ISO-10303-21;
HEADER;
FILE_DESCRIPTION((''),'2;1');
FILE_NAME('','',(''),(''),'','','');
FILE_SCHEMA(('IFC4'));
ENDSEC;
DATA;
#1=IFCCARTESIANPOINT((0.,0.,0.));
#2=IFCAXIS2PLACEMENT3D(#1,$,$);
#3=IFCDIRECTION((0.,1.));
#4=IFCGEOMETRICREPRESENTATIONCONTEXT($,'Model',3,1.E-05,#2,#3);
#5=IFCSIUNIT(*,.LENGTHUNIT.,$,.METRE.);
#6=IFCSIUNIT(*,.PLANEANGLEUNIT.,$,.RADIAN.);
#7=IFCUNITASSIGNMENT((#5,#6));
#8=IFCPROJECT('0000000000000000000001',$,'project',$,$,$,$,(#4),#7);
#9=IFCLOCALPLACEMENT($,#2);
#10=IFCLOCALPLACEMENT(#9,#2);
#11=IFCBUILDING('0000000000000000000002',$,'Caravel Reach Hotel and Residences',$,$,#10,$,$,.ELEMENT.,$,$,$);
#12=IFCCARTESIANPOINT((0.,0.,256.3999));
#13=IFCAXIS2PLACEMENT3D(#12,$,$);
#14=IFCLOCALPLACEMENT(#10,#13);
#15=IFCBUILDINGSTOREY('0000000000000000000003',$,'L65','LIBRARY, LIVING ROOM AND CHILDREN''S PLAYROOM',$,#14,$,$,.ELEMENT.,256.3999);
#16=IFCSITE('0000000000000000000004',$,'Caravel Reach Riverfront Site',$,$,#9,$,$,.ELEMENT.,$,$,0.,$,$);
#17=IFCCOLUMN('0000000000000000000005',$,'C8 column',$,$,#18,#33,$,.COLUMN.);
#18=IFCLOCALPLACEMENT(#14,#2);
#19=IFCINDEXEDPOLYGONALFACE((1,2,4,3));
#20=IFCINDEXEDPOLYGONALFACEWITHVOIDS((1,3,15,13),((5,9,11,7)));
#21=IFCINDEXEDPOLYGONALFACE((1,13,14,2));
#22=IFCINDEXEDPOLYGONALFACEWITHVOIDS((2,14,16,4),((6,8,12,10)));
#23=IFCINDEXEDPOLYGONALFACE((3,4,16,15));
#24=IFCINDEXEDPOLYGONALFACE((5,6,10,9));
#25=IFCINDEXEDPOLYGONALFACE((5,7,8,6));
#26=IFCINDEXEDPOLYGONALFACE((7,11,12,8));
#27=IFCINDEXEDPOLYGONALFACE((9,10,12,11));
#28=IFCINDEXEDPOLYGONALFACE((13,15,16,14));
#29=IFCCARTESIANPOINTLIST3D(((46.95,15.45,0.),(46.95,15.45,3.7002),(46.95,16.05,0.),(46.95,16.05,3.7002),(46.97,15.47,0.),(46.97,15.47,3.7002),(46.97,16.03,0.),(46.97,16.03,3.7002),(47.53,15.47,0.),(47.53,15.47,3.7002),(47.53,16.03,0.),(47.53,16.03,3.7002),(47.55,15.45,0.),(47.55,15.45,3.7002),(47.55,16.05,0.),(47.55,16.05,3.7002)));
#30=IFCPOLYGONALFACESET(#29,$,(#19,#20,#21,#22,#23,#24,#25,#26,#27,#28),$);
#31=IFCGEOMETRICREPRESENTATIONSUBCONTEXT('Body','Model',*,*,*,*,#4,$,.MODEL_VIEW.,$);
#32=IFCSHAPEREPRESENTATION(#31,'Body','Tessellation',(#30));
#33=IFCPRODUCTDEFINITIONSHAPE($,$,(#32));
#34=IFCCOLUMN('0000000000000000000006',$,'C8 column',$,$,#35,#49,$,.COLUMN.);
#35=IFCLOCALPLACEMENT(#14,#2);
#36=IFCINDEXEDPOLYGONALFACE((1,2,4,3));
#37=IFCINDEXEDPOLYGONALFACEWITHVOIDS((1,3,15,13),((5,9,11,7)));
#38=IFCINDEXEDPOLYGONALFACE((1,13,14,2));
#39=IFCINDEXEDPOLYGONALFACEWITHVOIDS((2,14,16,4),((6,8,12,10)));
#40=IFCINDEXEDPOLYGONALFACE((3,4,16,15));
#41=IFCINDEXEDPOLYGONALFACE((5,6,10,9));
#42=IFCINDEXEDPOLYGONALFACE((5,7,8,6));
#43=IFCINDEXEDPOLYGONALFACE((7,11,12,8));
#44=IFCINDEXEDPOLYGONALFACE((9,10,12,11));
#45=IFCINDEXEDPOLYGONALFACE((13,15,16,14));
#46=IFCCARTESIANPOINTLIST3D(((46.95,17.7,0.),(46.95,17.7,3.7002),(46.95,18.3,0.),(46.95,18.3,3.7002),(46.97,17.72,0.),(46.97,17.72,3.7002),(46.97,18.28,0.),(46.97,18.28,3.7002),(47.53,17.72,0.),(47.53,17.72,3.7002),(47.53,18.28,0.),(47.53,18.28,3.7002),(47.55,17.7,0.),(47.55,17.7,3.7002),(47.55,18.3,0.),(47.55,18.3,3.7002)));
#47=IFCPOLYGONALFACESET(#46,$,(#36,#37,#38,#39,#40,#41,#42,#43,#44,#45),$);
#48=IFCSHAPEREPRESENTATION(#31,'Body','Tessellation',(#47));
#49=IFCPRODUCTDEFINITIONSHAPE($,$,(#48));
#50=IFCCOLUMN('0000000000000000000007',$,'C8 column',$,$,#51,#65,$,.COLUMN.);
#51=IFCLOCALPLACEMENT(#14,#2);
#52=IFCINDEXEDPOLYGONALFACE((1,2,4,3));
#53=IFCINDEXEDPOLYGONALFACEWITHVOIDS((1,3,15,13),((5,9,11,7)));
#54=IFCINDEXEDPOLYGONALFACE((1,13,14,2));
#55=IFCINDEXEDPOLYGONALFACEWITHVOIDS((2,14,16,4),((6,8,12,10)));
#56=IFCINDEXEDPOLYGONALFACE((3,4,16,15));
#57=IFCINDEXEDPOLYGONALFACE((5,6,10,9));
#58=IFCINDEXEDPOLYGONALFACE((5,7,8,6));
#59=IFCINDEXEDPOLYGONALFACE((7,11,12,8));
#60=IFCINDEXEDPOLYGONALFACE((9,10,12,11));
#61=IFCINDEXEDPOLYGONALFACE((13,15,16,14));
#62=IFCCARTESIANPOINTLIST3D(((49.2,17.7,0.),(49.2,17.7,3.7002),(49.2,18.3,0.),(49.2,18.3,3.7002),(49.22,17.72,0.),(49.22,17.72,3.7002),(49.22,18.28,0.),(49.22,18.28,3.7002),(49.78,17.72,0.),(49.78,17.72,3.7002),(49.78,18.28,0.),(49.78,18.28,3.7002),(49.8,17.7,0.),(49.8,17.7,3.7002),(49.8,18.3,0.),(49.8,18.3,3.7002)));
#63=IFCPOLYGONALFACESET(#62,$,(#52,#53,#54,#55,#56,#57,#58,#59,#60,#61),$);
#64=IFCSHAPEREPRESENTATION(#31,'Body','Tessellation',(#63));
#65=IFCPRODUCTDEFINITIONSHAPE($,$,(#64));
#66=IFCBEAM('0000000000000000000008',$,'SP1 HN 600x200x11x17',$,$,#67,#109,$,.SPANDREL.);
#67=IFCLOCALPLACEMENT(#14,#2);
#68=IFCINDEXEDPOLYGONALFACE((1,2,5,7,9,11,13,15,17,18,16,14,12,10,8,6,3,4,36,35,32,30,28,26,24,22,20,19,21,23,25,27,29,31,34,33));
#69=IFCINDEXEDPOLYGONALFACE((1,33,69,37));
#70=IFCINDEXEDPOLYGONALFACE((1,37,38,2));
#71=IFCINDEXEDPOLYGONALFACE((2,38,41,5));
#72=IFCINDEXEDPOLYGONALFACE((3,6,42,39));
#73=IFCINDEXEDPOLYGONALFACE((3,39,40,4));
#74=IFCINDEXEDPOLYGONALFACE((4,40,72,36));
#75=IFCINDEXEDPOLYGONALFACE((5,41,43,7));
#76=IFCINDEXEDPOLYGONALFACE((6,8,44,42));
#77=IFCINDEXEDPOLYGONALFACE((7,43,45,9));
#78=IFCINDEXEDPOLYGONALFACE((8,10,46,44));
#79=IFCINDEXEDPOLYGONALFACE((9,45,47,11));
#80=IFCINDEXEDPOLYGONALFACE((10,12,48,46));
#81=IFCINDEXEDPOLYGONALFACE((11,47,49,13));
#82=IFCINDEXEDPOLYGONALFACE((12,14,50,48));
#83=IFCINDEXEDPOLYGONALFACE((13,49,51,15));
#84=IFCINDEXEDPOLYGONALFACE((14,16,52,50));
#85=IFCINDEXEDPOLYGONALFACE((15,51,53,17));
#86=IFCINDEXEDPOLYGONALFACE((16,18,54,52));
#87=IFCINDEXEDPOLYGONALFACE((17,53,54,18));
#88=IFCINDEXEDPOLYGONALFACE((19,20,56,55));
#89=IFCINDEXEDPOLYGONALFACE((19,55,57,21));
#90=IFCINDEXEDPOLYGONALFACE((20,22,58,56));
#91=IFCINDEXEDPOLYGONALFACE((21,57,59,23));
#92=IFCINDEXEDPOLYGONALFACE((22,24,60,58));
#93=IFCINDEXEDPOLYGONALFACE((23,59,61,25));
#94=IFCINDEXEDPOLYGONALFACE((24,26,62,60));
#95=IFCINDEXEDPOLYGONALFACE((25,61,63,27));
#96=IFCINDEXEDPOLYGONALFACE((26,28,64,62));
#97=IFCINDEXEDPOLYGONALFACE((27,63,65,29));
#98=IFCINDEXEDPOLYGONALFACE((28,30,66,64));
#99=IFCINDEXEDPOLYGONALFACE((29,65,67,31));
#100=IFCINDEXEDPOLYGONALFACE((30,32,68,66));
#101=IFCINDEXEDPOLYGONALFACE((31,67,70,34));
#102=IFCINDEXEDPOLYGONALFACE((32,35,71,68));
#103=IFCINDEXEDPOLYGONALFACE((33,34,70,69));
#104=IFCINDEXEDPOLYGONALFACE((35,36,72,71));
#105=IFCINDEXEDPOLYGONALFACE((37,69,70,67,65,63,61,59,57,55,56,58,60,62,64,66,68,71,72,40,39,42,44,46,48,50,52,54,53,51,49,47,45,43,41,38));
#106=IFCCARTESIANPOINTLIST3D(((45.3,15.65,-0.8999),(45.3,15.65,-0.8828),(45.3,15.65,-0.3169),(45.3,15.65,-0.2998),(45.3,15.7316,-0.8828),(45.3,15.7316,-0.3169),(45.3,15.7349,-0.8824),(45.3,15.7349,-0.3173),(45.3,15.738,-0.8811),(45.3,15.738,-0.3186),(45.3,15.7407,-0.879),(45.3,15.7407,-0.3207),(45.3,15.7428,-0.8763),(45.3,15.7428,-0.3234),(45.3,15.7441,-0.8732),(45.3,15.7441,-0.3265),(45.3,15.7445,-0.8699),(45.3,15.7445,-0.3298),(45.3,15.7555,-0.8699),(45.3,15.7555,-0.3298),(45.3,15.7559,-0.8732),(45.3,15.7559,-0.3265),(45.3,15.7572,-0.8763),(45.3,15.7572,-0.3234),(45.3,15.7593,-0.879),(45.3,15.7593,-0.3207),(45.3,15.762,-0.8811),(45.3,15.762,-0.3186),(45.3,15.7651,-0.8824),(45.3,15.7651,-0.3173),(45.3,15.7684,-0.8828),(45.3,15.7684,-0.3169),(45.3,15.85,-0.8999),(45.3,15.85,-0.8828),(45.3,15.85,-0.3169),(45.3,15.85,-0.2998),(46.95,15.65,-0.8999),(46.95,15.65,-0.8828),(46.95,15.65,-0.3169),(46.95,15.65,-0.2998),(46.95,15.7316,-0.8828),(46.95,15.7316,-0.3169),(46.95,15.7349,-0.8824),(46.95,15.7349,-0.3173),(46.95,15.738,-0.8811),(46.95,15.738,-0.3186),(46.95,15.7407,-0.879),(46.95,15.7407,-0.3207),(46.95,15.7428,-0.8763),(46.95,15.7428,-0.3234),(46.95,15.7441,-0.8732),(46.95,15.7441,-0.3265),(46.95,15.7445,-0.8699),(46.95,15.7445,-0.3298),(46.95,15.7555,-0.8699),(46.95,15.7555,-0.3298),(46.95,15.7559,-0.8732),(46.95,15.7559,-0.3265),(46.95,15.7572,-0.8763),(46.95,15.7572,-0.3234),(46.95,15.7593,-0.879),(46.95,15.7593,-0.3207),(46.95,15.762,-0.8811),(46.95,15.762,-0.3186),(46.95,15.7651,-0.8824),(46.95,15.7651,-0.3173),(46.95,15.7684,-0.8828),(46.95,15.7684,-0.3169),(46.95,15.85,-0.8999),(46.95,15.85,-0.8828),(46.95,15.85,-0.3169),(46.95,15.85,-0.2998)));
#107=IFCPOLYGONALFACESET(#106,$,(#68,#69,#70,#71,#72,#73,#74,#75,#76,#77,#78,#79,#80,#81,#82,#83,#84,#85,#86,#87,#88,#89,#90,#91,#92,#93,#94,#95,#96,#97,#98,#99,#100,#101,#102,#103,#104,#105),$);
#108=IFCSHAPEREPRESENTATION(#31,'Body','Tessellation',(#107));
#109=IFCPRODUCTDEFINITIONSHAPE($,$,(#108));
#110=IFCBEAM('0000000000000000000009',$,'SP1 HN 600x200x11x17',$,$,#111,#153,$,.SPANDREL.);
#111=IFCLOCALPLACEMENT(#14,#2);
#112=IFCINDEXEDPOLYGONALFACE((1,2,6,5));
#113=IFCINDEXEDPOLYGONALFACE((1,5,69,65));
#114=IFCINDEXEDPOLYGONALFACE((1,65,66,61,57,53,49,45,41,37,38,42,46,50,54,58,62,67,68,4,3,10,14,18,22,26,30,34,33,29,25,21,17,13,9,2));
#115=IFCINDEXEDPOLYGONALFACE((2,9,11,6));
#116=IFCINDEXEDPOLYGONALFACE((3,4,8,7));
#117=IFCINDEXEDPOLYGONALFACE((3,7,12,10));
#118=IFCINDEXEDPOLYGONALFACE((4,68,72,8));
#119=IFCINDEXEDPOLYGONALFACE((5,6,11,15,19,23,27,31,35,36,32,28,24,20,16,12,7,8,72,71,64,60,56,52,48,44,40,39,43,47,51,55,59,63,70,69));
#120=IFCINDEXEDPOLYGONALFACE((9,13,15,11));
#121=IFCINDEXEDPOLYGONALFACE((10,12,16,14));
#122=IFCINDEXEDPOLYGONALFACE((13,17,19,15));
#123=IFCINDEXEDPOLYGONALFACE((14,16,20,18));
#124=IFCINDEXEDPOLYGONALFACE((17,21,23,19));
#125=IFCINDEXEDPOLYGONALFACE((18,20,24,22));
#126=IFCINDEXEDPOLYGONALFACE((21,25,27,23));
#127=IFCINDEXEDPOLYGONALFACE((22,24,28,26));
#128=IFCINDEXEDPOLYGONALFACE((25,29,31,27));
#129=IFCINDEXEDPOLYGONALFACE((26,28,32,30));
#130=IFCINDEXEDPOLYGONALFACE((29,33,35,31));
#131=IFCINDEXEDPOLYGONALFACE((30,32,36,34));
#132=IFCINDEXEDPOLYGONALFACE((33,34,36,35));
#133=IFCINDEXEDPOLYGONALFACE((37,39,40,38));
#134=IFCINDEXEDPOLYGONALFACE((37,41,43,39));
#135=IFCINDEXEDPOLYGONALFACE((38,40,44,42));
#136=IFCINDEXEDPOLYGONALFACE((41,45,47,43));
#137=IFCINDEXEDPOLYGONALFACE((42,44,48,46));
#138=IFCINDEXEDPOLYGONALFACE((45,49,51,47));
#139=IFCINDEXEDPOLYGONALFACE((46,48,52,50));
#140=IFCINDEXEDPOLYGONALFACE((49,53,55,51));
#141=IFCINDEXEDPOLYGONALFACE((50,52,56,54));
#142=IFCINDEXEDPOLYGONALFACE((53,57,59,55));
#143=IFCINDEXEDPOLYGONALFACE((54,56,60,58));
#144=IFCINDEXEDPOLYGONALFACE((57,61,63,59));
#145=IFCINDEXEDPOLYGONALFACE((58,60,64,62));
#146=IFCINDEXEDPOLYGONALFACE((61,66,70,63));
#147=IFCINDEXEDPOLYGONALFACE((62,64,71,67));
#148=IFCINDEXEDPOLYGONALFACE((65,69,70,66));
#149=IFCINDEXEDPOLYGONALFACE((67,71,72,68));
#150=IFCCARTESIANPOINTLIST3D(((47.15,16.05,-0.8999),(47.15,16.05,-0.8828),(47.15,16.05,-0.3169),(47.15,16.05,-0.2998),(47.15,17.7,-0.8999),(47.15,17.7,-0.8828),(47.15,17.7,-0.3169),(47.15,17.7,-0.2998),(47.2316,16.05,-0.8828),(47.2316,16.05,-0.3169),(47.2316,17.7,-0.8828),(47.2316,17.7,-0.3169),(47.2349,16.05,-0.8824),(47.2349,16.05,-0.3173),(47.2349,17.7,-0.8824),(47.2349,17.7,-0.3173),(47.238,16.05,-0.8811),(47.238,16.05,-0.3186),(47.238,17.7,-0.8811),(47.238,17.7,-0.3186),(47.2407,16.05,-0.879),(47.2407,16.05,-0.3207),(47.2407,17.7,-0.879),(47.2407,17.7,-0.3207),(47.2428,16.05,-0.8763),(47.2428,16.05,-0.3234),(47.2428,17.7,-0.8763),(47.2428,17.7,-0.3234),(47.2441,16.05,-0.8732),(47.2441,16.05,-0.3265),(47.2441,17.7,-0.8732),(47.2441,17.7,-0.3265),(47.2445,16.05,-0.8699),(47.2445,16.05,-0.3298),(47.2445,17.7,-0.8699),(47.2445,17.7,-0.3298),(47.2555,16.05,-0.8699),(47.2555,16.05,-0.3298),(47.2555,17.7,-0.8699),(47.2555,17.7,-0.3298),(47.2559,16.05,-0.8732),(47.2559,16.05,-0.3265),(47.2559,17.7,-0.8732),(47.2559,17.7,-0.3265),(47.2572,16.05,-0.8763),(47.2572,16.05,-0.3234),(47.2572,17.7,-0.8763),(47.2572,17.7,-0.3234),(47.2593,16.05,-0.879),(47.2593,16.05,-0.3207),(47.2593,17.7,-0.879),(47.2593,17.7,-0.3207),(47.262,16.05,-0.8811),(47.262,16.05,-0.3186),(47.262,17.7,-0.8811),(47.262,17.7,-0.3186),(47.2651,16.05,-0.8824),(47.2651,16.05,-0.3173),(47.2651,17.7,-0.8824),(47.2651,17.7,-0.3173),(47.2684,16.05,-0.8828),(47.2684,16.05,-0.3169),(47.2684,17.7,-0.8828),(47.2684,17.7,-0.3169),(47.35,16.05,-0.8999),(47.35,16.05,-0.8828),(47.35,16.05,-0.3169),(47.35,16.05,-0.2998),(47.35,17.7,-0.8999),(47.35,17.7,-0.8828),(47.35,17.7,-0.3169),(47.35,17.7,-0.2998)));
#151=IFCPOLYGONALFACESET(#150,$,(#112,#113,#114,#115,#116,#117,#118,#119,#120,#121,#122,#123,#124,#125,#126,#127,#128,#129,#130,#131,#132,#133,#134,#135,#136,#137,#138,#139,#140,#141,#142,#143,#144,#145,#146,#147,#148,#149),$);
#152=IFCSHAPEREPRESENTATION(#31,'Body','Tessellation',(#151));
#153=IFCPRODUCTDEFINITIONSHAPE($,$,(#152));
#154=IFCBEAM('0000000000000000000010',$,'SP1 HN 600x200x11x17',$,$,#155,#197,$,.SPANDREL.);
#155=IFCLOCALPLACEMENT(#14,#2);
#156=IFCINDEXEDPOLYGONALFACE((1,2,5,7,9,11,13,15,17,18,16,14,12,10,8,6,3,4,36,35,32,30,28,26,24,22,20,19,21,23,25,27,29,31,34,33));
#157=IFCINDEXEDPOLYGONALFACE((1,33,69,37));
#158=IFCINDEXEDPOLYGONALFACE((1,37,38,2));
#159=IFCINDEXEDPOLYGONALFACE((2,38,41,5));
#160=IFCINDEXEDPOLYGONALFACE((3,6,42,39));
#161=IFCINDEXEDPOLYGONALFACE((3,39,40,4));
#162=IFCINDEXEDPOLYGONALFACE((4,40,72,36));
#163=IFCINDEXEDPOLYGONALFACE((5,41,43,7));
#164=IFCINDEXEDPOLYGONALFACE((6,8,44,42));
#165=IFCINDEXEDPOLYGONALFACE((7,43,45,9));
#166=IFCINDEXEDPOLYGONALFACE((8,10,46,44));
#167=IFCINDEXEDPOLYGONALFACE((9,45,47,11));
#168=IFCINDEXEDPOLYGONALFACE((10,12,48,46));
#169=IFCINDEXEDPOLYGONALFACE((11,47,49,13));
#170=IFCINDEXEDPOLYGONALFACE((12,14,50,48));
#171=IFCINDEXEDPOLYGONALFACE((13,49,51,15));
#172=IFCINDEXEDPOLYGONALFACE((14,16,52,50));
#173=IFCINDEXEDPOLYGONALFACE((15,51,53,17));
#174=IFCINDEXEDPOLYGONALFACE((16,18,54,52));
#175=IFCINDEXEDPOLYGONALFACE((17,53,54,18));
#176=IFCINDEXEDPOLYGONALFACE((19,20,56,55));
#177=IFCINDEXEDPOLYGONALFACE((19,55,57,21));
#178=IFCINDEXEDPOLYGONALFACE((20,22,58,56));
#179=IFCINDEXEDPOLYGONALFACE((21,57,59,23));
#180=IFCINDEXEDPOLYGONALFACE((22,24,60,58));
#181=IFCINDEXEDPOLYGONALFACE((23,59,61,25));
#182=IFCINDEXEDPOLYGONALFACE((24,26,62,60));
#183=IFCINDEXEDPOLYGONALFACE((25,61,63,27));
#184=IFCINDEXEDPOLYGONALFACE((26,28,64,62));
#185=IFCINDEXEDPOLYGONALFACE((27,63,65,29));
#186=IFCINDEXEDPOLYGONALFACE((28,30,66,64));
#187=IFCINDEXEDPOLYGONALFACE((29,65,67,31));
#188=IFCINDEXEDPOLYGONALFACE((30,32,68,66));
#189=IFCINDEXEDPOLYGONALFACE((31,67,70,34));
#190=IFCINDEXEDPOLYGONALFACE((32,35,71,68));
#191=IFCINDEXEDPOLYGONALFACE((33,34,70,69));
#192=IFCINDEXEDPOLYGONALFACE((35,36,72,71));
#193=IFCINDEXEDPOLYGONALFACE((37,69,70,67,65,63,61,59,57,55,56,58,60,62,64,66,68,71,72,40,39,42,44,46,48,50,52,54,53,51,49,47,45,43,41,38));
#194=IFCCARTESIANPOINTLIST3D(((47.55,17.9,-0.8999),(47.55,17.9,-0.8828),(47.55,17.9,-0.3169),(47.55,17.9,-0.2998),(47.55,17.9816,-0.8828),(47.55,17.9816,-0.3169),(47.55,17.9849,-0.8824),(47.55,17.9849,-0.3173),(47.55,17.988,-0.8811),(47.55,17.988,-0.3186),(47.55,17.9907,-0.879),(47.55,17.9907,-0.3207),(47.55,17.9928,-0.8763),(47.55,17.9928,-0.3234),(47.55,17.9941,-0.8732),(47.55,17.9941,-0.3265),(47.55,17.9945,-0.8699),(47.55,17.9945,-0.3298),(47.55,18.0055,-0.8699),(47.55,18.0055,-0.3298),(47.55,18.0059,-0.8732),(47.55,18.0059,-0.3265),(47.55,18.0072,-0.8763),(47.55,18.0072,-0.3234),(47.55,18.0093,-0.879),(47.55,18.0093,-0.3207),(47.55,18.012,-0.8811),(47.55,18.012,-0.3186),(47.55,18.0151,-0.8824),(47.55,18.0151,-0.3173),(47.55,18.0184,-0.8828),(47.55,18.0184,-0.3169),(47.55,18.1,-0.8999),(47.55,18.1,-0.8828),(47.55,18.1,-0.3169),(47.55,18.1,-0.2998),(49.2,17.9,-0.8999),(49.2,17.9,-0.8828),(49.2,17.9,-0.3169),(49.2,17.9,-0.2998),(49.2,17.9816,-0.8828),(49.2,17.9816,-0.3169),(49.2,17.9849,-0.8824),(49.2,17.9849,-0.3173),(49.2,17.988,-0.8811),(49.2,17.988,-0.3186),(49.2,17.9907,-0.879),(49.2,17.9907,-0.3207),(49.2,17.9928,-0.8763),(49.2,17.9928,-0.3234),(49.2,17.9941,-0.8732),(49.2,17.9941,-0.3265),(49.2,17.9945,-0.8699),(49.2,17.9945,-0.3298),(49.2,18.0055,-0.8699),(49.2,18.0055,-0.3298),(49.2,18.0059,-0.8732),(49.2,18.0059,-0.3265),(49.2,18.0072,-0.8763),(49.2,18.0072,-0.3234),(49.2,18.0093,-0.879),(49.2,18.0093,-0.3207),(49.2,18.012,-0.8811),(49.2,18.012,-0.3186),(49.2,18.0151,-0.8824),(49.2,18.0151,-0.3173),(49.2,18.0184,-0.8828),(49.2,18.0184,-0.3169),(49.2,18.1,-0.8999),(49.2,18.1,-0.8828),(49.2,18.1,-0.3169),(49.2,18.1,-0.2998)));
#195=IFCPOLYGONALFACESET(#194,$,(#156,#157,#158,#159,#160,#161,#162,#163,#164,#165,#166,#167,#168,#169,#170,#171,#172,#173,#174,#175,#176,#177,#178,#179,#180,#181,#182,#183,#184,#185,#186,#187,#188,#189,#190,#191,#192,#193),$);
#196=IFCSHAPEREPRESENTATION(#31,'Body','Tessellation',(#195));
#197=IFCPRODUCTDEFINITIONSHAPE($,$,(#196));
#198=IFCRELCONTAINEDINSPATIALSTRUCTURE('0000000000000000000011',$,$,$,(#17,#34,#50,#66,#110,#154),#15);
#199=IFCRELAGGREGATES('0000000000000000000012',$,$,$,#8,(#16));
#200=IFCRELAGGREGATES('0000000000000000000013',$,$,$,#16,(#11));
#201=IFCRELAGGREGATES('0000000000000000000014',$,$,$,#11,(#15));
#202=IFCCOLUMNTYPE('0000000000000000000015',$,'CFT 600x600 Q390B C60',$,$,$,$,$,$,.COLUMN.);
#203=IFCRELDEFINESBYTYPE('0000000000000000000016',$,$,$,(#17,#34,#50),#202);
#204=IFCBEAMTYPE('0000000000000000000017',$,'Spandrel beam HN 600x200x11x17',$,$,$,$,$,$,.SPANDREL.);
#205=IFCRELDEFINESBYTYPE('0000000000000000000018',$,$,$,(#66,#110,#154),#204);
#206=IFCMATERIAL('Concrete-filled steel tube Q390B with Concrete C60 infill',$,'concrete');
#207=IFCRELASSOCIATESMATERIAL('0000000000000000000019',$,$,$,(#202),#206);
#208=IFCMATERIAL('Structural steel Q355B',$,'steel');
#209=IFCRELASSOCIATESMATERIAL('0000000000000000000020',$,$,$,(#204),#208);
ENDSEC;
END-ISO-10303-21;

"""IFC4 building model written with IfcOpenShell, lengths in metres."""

from ifc_helpers import new_model, si_unit, direction, frame, origin, origin_2d, place, context, subcontext, project, spatial, hollow_rectangle, i_section, extrude, material, material_profile, profile_set, type_object, element, save


model = new_model("IFC4")

# Units and contexts
model_context = context("Model", 3, precision=1e-05, world=origin(), true_north=direction((0.0, 1.0)))
body_context = subcontext(model_context, "Body", "Model", "MODEL_VIEW")
ifc_project = project(units=[si_unit("LENGTHUNIT", "METRE"), si_unit("PLANEANGLEUNIT", "RADIAN")], contexts=[model_context])

# Site, building, storey
site_placement = place(None, origin())
site = spatial("IfcSite", under=ifc_project, at=site_placement, Name="Caravel Reach Riverfront Site", CompositionType="ELEMENT", RefElevation=0.0)
building_placement = place(site_placement, origin())
building = spatial("IfcBuilding", under=site, at=building_placement, Name="Caravel Reach Hotel and Residences", CompositionType="ELEMENT")
storey_placement = place(building_placement, frame((0.0, 0.0, 256.3999)))
storey = spatial("IfcBuildingStorey", under=building, at=storey_placement, Name="L65", Description="LIBRARY, LIVING ROOM AND CHILDREN'S PLAYROOM", CompositionType="ELEMENT", Elevation=256.3999)

# Columns
ifc_material_1 = material(Name="Concrete-filled steel tube Q390B with Concrete C60 infill", Category="concrete")
ifc_material_profile_1 = material_profile(ifc_material_1, hollow_rectangle(XDim=0.6001, YDim=0.6001, WallThickness=0.02, at=origin_2d()), Name="RHS 600x600x20")
ifc_profile_set_1 = profile_set([ifc_material_profile_1], Name="Concrete-filled steel tube Q390B with Concrete C60 infill")
column_type = type_object("IfcColumnType", Name="CFT 600x600 Q390B C60", PredefinedType="COLUMN", material=ifc_profile_set_1)
for number, where, z_axis, x_axis, name in (
    (1, (47.25, 15.75, 0.0), (0.0, 0.0, 1.0), (1.0, 0.0, 0.0), "C8 column"),
    (2, (47.25, 18.0, 0.0), (0.0, 0.0, 1.0), (1.0, 0.0, 0.0), "C8 column"),
    (3, (49.5, 18.0, 0.0), (0.0, 0.0, 1.0), (1.0, 0.0, 0.0), "C8 column"),
):
    element("IfcColumn", number, at=place(storey_placement, frame(where, z_axis=z_axis, x_axis=x_axis)), inside=storey, type_object=column_type, Name=name, PredefinedType="COLUMN", context=body_context, shape_type="SweptSolid", body=[
        extrude(hollow_rectangle(XDim=0.6001, YDim=0.6001, WallThickness=0.02, at=origin_2d()), origin(), (0.0, 0.0, 1.0), 3.7002),
    ])

# Beams
ifc_material_2 = material(Name="Structural steel Q355B", Category="steel")
ifc_material_profile_2 = material_profile(ifc_material_2, i_section(OverallWidth=0.2, OverallDepth=0.6001, WebThickness=0.011, FlangeThickness=0.0171, FilletRadius=0.0129, at=origin_2d()), Name="HN 600x200x11x17")
ifc_profile_set_2 = profile_set([ifc_material_profile_2], Name="Structural steel Q355B")
beam_type = type_object("IfcBeamType", Name="Spandrel beam HN 600x200x11x17", PredefinedType="SPANDREL", material=ifc_profile_set_2)
for number, where, z_axis, x_axis, name in (
    (4, (45.3, 15.75, -0.5999), (1.0, 0.0, 0.0), (0.0, 1.0, 0.0), "SP1 HN 600x200x11x17"),
    (5, (47.25, 16.05, -0.5999), (0.0, 1.0, 0.0), (-1.0, 0.0, 0.0), "SP1 HN 600x200x11x17"),
    (6, (47.55, 18.0, -0.5999), (1.0, 0.0, 0.0), (0.0, 1.0, 0.0), "SP1 HN 600x200x11x17"),
):
    element("IfcBeam", number, at=place(storey_placement, frame(where, z_axis=z_axis, x_axis=x_axis)), inside=storey, type_object=beam_type, Name=name, PredefinedType="SPANDREL", context=body_context, shape_type="SweptSolid", body=[
        extrude(i_section(OverallWidth=0.2, OverallDepth=0.6001, WebThickness=0.011, FlangeThickness=0.0171, FilletRadius=0.0129, at=origin_2d()), origin(), (0.0, 0.0, 1.0), 1.6499),
    ])

save(model, "model.ifc")
